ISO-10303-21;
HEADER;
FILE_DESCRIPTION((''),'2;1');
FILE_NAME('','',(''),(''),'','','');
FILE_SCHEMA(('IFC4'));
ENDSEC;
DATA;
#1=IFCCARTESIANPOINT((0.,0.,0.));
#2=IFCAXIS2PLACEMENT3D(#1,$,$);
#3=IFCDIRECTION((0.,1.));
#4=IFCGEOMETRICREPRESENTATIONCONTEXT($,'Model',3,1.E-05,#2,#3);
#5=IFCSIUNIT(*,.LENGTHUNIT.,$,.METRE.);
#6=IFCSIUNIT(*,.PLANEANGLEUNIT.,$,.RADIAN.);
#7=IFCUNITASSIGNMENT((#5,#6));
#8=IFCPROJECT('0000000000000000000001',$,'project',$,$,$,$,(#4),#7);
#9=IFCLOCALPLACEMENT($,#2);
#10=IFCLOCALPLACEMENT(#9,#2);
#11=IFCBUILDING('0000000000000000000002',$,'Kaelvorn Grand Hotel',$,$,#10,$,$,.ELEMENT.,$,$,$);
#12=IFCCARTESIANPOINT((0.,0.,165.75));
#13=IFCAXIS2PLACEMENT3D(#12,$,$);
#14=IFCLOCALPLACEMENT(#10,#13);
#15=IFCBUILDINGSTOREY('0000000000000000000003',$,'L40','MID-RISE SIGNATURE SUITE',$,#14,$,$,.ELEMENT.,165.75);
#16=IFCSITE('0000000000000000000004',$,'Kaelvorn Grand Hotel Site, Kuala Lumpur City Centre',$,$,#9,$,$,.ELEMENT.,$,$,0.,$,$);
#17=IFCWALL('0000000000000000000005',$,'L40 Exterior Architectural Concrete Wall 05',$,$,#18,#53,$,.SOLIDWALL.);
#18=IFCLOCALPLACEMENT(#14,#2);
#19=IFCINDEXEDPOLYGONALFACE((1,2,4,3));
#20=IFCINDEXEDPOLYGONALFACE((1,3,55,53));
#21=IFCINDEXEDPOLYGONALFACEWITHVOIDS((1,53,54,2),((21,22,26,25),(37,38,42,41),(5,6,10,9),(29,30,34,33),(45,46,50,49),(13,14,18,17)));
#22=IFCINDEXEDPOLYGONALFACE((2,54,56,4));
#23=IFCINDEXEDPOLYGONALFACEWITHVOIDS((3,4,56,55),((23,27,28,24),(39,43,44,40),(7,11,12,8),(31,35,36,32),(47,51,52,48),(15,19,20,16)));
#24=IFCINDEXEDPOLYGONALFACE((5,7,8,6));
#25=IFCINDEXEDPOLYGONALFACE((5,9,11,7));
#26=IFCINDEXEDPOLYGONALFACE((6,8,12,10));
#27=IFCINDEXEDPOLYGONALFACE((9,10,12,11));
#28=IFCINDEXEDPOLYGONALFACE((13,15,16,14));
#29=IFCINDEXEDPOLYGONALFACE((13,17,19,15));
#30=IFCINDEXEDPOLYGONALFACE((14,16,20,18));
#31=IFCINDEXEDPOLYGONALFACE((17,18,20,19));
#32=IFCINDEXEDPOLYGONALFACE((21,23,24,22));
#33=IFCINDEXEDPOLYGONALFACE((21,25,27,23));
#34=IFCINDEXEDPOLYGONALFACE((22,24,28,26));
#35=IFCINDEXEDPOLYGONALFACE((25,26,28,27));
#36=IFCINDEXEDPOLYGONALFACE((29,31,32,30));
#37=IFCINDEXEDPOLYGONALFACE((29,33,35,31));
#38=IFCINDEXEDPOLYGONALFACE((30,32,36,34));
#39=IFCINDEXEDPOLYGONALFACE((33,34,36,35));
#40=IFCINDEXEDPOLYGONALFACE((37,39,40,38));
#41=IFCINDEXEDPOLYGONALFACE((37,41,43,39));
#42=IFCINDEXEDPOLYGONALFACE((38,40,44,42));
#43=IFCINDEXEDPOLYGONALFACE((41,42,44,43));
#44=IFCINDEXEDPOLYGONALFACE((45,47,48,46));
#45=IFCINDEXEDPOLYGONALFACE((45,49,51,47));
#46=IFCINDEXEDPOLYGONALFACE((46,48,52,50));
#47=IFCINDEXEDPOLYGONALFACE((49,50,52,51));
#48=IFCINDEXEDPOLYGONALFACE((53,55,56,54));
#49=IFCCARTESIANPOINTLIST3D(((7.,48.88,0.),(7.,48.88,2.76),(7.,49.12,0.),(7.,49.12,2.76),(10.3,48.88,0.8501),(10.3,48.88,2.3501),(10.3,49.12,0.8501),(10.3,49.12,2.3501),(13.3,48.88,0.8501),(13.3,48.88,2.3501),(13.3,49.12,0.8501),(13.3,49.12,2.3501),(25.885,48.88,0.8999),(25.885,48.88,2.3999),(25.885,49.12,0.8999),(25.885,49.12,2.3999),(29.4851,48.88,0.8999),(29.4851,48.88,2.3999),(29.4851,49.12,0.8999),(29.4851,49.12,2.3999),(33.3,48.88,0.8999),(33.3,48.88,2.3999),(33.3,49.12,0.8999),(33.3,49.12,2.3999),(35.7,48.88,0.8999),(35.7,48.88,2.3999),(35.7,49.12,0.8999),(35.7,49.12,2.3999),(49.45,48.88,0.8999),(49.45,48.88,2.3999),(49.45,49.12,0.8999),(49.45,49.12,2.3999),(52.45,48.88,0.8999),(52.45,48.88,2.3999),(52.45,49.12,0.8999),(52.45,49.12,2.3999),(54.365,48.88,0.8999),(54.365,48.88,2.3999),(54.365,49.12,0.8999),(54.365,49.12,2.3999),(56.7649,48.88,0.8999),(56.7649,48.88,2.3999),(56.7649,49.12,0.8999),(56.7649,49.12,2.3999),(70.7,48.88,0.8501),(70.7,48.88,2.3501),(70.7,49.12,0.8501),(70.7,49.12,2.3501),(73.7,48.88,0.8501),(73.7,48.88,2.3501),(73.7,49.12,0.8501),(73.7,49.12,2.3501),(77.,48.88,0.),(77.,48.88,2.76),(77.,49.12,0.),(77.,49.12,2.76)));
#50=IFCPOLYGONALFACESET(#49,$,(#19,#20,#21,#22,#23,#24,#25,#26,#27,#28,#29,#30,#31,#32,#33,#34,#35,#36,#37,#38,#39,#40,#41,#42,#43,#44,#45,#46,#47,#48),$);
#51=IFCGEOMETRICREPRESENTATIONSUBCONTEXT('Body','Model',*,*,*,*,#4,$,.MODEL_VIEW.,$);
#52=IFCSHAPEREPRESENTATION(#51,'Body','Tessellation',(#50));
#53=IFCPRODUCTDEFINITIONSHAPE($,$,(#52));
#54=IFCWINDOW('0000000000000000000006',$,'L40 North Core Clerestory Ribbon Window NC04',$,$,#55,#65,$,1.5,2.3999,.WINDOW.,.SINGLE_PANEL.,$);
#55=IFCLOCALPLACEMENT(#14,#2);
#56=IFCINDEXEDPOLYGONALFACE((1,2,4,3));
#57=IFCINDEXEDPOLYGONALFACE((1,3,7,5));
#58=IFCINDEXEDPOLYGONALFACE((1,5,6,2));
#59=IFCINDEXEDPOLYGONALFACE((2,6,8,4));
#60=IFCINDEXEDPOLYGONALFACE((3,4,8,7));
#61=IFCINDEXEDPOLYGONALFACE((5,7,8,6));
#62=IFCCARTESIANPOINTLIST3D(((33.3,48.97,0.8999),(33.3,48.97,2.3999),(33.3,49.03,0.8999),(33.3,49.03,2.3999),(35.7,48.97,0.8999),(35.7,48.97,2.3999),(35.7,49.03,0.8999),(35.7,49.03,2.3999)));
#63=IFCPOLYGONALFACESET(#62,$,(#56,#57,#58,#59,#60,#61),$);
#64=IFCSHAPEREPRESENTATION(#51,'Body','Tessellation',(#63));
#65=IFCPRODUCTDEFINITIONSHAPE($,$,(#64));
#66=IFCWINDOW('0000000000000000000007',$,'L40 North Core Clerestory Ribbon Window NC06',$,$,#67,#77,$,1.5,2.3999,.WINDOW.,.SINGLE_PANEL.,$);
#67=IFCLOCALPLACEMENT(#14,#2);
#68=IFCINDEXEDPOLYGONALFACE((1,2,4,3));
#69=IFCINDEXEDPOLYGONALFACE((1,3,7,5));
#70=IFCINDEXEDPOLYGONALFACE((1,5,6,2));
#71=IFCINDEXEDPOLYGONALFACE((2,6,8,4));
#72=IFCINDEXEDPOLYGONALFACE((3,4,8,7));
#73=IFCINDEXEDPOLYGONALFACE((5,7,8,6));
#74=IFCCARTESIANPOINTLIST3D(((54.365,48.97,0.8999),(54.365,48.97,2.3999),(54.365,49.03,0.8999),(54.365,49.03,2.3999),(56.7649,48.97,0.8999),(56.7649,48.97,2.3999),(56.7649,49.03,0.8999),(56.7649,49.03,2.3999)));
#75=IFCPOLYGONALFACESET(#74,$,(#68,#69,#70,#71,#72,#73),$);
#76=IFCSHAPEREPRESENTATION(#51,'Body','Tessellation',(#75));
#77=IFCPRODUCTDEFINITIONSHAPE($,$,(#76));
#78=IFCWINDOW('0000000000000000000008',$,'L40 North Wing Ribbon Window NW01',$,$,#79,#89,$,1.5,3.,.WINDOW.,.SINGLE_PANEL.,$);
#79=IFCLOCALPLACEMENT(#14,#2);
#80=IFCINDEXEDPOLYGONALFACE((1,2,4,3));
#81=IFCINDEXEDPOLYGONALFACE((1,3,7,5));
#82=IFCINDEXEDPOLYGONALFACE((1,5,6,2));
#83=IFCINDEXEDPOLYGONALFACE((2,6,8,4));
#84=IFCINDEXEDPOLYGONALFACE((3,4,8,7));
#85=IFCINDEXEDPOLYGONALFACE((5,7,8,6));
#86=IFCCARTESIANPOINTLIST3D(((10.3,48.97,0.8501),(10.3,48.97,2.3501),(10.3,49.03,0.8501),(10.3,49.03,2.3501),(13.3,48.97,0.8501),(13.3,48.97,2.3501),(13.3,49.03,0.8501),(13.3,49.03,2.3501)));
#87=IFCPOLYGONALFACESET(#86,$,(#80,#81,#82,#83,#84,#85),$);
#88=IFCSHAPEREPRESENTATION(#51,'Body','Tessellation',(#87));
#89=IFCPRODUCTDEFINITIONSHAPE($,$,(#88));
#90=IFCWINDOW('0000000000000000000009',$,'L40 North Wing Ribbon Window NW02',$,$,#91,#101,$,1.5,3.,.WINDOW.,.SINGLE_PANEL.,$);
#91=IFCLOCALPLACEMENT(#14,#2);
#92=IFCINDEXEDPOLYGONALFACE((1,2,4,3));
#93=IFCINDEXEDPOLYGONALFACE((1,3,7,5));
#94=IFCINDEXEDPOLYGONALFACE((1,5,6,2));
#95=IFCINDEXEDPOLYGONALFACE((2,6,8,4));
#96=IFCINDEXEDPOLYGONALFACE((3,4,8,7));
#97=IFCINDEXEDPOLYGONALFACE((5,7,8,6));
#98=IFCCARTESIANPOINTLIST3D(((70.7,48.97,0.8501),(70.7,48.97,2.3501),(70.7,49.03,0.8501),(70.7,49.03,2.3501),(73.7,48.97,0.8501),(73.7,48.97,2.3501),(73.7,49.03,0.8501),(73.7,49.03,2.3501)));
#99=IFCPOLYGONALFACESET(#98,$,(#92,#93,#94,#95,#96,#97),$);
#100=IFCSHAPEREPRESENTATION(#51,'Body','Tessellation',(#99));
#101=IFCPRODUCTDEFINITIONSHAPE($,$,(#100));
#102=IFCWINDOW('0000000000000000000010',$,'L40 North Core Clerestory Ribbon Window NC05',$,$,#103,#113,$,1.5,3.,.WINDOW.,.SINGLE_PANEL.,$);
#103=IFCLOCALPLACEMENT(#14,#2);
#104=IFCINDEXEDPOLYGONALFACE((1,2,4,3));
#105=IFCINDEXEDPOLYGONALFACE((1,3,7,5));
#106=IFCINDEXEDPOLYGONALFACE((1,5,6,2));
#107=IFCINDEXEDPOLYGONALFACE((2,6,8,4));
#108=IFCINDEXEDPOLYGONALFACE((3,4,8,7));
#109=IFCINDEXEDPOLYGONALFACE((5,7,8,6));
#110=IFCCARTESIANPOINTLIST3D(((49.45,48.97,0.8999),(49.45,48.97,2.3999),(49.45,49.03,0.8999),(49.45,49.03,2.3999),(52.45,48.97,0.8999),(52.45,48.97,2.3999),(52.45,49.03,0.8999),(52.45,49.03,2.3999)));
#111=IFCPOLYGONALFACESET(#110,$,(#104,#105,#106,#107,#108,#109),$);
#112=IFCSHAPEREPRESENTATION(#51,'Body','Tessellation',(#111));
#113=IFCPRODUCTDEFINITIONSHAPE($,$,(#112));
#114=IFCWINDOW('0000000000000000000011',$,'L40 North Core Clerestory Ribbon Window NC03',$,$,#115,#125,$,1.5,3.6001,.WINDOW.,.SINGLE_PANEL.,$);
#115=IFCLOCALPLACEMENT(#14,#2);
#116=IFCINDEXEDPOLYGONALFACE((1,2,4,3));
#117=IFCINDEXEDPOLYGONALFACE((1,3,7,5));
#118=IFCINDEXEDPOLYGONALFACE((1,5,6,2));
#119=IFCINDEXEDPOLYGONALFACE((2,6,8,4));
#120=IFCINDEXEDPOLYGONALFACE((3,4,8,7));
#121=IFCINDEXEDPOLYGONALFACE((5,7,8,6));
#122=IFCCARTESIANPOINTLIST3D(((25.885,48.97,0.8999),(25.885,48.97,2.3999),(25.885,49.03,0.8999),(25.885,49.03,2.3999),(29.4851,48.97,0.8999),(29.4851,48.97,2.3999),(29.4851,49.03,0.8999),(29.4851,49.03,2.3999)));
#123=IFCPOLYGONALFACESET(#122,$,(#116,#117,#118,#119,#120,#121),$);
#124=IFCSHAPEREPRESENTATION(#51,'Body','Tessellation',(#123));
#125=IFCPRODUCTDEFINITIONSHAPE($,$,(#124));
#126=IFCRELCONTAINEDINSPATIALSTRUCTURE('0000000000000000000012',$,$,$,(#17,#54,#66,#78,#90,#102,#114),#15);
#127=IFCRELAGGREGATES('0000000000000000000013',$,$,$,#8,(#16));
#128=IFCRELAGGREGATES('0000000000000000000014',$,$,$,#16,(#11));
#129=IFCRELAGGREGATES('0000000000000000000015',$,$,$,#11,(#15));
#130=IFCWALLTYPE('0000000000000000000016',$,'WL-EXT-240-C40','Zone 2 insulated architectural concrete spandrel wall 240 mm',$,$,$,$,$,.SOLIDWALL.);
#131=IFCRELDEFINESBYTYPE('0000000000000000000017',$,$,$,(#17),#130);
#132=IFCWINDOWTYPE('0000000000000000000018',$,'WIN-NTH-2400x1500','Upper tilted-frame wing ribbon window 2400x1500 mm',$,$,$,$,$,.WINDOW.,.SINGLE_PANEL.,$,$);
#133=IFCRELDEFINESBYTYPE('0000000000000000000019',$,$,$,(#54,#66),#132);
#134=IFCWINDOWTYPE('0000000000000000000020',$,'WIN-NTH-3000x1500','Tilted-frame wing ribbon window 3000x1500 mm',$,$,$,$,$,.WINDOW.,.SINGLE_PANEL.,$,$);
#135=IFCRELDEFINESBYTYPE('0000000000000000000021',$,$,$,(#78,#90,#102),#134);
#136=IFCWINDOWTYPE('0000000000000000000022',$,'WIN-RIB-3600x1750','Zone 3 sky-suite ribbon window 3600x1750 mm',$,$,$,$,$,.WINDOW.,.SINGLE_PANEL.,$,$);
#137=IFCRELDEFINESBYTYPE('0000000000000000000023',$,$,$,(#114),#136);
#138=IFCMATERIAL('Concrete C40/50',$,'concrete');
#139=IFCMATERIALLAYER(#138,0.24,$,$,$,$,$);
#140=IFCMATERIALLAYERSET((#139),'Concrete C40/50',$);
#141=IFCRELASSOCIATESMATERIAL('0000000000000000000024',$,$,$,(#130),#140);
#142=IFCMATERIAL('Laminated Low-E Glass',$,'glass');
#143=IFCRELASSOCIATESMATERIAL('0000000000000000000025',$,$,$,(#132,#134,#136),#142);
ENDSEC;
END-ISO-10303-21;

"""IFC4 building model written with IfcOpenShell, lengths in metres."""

from ifc_helpers import new_model, si_unit, direction, frame, frame_2d, origin, place, context, subcontext, project, spatial, rectangle, extrude, material, layer, layer_set, type_object, element, fill, save


model = new_model("IFC4")

# Units and contexts
model_context = context("Model", 3, precision=1e-05, world=origin(), true_north=direction((0.0, 1.0)))
body_context = subcontext(model_context, "Body", "Model", "MODEL_VIEW")
ifc_project = project(units=[si_unit("LENGTHUNIT", "METRE"), si_unit("PLANEANGLEUNIT", "RADIAN")], contexts=[model_context])

# Site, building, storey
site_placement = place(None, origin())
site = spatial("IfcSite", under=ifc_project, at=site_placement, Name="Kaelvorn Grand Hotel Site, Kuala Lumpur City Centre", CompositionType="ELEMENT", RefElevation=0.0)
building_placement = place(site_placement, origin())
building = spatial("IfcBuilding", under=site, at=building_placement, Name="Kaelvorn Grand Hotel", CompositionType="ELEMENT")
storey_placement = place(building_placement, frame((0.0, 0.0, 165.75)))
storey = spatial("IfcBuildingStorey", under=building, at=storey_placement, Name="L40", Description="MID-RISE SIGNATURE SUITE", CompositionType="ELEMENT", Elevation=165.75)

# Shared definitions
ifc_material_1 = material(Name="Concrete C40/50", Category="concrete")
ifc_layer_1 = layer(ifc_material_1, 0.24)
ifc_layer_set_1 = layer_set([ifc_layer_1], Name="Concrete C40/50")
wall_type = type_object("IfcWallType", Name="WL-EXT-240-C40", Description="Zone 2 insulated architectural concrete spandrel wall 240 mm", PredefinedType="SOLIDWALL", material=ifc_layer_set_1)
ifc_material_2 = material(Name="Laminated Low-E Glass", Category="glass")

# Wall, openings, windows
wall_1_placement = place(storey_placement, frame((77.0, 49.0, 0.0), z_axis=(0.0, 0.0, 1.0), x_axis=(-1.0, 0.0, 0.0)))
wall_1 = element("IfcWall", 1, at=wall_1_placement, inside=storey, type_object=wall_type, Name="L40 Exterior Architectural Concrete Wall 05", PredefinedType="SOLIDWALL", context=body_context, shape_type="SweptSolid", body=[
    extrude(rectangle(XDim=70.0, YDim=0.24, at=frame_2d((35.0, 0.0))), origin(), (0.0, 0.0, 1.0), 2.76),
])
opening_1_placement = place(wall_1_placement, frame((63.7, 0.0, 0.8501)))
opening_1 = element("IfcOpeningElement", 2, at=opening_1_placement, cuts=wall_1, PredefinedType="OPENING", context=body_context, shape_type="SweptSolid", body=[
    extrude(rectangle(XDim=3.0, YDim=1.5, at=frame_2d((1.5, 0.75))), frame((0.0, 0.1299, 0.0), z_axis=(0.0, -1.0, 0.0), x_axis=(1.0, 0.0, 0.0)), (0.0, 0.0, 1.0), 0.26),
])
opening_2_placement = place(wall_1_placement, frame((3.3, 0.0, 0.8501)))
opening_2 = element("IfcOpeningElement", 3, at=opening_2_placement, cuts=wall_1, PredefinedType="OPENING", context=body_context, shape_type="SweptSolid", body=[
    extrude(rectangle(XDim=3.0, YDim=1.5, at=frame_2d((1.5, 0.75))), frame((0.0, 0.1299, 0.0), z_axis=(0.0, -1.0, 0.0), x_axis=(1.0, 0.0, 0.0)), (0.0, 0.0, 1.0), 0.26),
])
opening_3_placement = place(wall_1_placement, frame((47.5149, 0.0, 0.8999)))
opening_3 = element("IfcOpeningElement", 4, at=opening_3_placement, cuts=wall_1, PredefinedType="OPENING", context=body_context, shape_type="SweptSolid", body=[
    extrude(rectangle(XDim=3.6001, YDim=1.5, at=frame_2d((1.8, 0.75))), frame((0.0, 0.1299, 0.0), z_axis=(0.0, -1.0, 0.0), x_axis=(1.0, 0.0, 0.0)), (0.0, 0.0, 1.0), 0.26),
])
opening_4_placement = place(wall_1_placement, frame((41.3, 0.0, 0.8999)))
opening_4 = element("IfcOpeningElement", 5, at=opening_4_placement, cuts=wall_1, PredefinedType="OPENING", context=body_context, shape_type="SweptSolid", body=[
    extrude(rectangle(XDim=2.3999, YDim=1.5, at=frame_2d((1.2, 0.75))), frame((0.0, 0.1299, 0.0), z_axis=(0.0, -1.0, 0.0), x_axis=(1.0, 0.0, 0.0)), (0.0, 0.0, 1.0), 0.26),
])
opening_5_placement = place(wall_1_placement, frame((24.55, 0.0, 0.8999)))
opening_5 = element("IfcOpeningElement", 6, at=opening_5_placement, cuts=wall_1, PredefinedType="OPENING", context=body_context, shape_type="SweptSolid", body=[
    extrude(rectangle(XDim=3.0, YDim=1.5, at=frame_2d((1.5, 0.75))), frame((0.0, 0.1299, 0.0), z_axis=(0.0, -1.0, 0.0), x_axis=(1.0, 0.0, 0.0)), (0.0, 0.0, 1.0), 0.26),
])
opening_6_placement = place(wall_1_placement, frame((20.2351, 0.0, 0.8999)))
opening_6 = element("IfcOpeningElement", 7, at=opening_6_placement, cuts=wall_1, PredefinedType="OPENING", context=body_context, shape_type="SweptSolid", body=[
    extrude(rectangle(XDim=2.3999, YDim=1.5, at=frame_2d((1.2, 0.75))), frame((0.0, 0.1299, 0.0), z_axis=(0.0, -1.0, 0.0), x_axis=(1.0, 0.0, 0.0)), (0.0, 0.0, 1.0), 0.26),
])
window_type_1 = type_object("IfcWindowType", Name="WIN-NTH-2400x1500", Description="Upper tilted-frame wing ribbon window 2400x1500 mm", PartitioningType="SINGLE_PANEL", PredefinedType="WINDOW", material=ifc_material_2)
window_1_placement = place(opening_4_placement, origin())
window_1 = element("IfcWindow", 8, at=window_1_placement, inside=storey, type_object=window_type_1, Name="L40 North Core Clerestory Ribbon Window NC04", OverallHeight=1.5, OverallWidth=2.3999, PartitioningType="SINGLE_PANEL", PredefinedType="WINDOW", context=body_context, shape_type="SweptSolid", body=[
    extrude(rectangle(XDim=2.3999, YDim=1.5, at=frame_2d((1.2, 0.75))), frame((0.0, 0.03, 0.0), z_axis=(0.0, -1.0, 0.0), x_axis=(1.0, 0.0, 0.0)), (0.0, 0.0, 1.0), 0.0601),
])
fill(opening_4, window_1)
window_2_placement = place(opening_6_placement, origin())
window_2 = element("IfcWindow", 9, at=window_2_placement, inside=storey, type_object=window_type_1, Name="L40 North Core Clerestory Ribbon Window NC06", OverallHeight=1.5, OverallWidth=2.3999, PartitioningType="SINGLE_PANEL", PredefinedType="WINDOW", context=body_context, shape_type="SweptSolid", body=[
    extrude(rectangle(XDim=2.3999, YDim=1.5, at=frame_2d((1.2, 0.75))), frame((0.0, 0.03, 0.0), z_axis=(0.0, -1.0, 0.0), x_axis=(1.0, 0.0, 0.0)), (0.0, 0.0, 1.0), 0.0601),
])
fill(opening_6, window_2)
window_type_2 = type_object("IfcWindowType", Name="WIN-NTH-3000x1500", Description="Tilted-frame wing ribbon window 3000x1500 mm", PartitioningType="SINGLE_PANEL", PredefinedType="WINDOW", material=ifc_material_2)
window_3_placement = place(opening_1_placement, origin())
window_3 = element("IfcWindow", 10, at=window_3_placement, inside=storey, type_object=window_type_2, Name="L40 North Wing Ribbon Window NW01", OverallHeight=1.5, OverallWidth=3.0, PartitioningType="SINGLE_PANEL", PredefinedType="WINDOW", context=body_context, shape_type="SweptSolid", body=[
    extrude(rectangle(XDim=3.0, YDim=1.5, at=frame_2d((1.5, 0.75))), frame((0.0, 0.03, 0.0), z_axis=(0.0, -1.0, 0.0), x_axis=(1.0, 0.0, 0.0)), (0.0, 0.0, 1.0), 0.0601),
])
fill(opening_1, window_3)
window_4_placement = place(opening_2_placement, origin())
window_4 = element("IfcWindow", 11, at=window_4_placement, inside=storey, type_object=window_type_2, Name="L40 North Wing Ribbon Window NW02", OverallHeight=1.5, OverallWidth=3.0, PartitioningType="SINGLE_PANEL", PredefinedType="WINDOW", context=body_context, shape_type="SweptSolid", body=[
    extrude(rectangle(XDim=3.0, YDim=1.5, at=frame_2d((1.5, 0.75))), frame((0.0, 0.03, 0.0), z_axis=(0.0, -1.0, 0.0), x_axis=(1.0, 0.0, 0.0)), (0.0, 0.0, 1.0), 0.0601),
])
fill(opening_2, window_4)
window_5_placement = place(opening_5_placement, origin())
window_5 = element("IfcWindow", 12, at=window_5_placement, inside=storey, type_object=window_type_2, Name="L40 North Core Clerestory Ribbon Window NC05", OverallHeight=1.5, OverallWidth=3.0, PartitioningType="SINGLE_PANEL", PredefinedType="WINDOW", context=body_context, shape_type="SweptSolid", body=[
    extrude(rectangle(XDim=3.0, YDim=1.5, at=frame_2d((1.5, 0.75))), frame((0.0, 0.03, 0.0), z_axis=(0.0, -1.0, 0.0), x_axis=(1.0, 0.0, 0.0)), (0.0, 0.0, 1.0), 0.0601),
])
fill(opening_5, window_5)
window_type_3 = type_object("IfcWindowType", Name="WIN-RIB-3600x1750", Description="Zone 3 sky-suite ribbon window 3600x1750 mm", PartitioningType="SINGLE_PANEL", PredefinedType="WINDOW", material=ifc_material_2)
window_6_placement = place(opening_3_placement, origin())
window_6 = element("IfcWindow", 13, at=window_6_placement, inside=storey, type_object=window_type_3, Name="L40 North Core Clerestory Ribbon Window NC03", OverallHeight=1.5, OverallWidth=3.6001, PartitioningType="SINGLE_PANEL", PredefinedType="WINDOW", context=body_context, shape_type="SweptSolid", body=[
    extrude(rectangle(XDim=3.6001, YDim=1.5, at=frame_2d((1.8, 0.75))), frame((0.0, 0.03, 0.0), z_axis=(0.0, -1.0, 0.0), x_axis=(1.0, 0.0, 0.0)), (0.0, 0.0, 1.0), 0.0601),
])
fill(opening_3, window_6)

save(model, "model.ifc")
